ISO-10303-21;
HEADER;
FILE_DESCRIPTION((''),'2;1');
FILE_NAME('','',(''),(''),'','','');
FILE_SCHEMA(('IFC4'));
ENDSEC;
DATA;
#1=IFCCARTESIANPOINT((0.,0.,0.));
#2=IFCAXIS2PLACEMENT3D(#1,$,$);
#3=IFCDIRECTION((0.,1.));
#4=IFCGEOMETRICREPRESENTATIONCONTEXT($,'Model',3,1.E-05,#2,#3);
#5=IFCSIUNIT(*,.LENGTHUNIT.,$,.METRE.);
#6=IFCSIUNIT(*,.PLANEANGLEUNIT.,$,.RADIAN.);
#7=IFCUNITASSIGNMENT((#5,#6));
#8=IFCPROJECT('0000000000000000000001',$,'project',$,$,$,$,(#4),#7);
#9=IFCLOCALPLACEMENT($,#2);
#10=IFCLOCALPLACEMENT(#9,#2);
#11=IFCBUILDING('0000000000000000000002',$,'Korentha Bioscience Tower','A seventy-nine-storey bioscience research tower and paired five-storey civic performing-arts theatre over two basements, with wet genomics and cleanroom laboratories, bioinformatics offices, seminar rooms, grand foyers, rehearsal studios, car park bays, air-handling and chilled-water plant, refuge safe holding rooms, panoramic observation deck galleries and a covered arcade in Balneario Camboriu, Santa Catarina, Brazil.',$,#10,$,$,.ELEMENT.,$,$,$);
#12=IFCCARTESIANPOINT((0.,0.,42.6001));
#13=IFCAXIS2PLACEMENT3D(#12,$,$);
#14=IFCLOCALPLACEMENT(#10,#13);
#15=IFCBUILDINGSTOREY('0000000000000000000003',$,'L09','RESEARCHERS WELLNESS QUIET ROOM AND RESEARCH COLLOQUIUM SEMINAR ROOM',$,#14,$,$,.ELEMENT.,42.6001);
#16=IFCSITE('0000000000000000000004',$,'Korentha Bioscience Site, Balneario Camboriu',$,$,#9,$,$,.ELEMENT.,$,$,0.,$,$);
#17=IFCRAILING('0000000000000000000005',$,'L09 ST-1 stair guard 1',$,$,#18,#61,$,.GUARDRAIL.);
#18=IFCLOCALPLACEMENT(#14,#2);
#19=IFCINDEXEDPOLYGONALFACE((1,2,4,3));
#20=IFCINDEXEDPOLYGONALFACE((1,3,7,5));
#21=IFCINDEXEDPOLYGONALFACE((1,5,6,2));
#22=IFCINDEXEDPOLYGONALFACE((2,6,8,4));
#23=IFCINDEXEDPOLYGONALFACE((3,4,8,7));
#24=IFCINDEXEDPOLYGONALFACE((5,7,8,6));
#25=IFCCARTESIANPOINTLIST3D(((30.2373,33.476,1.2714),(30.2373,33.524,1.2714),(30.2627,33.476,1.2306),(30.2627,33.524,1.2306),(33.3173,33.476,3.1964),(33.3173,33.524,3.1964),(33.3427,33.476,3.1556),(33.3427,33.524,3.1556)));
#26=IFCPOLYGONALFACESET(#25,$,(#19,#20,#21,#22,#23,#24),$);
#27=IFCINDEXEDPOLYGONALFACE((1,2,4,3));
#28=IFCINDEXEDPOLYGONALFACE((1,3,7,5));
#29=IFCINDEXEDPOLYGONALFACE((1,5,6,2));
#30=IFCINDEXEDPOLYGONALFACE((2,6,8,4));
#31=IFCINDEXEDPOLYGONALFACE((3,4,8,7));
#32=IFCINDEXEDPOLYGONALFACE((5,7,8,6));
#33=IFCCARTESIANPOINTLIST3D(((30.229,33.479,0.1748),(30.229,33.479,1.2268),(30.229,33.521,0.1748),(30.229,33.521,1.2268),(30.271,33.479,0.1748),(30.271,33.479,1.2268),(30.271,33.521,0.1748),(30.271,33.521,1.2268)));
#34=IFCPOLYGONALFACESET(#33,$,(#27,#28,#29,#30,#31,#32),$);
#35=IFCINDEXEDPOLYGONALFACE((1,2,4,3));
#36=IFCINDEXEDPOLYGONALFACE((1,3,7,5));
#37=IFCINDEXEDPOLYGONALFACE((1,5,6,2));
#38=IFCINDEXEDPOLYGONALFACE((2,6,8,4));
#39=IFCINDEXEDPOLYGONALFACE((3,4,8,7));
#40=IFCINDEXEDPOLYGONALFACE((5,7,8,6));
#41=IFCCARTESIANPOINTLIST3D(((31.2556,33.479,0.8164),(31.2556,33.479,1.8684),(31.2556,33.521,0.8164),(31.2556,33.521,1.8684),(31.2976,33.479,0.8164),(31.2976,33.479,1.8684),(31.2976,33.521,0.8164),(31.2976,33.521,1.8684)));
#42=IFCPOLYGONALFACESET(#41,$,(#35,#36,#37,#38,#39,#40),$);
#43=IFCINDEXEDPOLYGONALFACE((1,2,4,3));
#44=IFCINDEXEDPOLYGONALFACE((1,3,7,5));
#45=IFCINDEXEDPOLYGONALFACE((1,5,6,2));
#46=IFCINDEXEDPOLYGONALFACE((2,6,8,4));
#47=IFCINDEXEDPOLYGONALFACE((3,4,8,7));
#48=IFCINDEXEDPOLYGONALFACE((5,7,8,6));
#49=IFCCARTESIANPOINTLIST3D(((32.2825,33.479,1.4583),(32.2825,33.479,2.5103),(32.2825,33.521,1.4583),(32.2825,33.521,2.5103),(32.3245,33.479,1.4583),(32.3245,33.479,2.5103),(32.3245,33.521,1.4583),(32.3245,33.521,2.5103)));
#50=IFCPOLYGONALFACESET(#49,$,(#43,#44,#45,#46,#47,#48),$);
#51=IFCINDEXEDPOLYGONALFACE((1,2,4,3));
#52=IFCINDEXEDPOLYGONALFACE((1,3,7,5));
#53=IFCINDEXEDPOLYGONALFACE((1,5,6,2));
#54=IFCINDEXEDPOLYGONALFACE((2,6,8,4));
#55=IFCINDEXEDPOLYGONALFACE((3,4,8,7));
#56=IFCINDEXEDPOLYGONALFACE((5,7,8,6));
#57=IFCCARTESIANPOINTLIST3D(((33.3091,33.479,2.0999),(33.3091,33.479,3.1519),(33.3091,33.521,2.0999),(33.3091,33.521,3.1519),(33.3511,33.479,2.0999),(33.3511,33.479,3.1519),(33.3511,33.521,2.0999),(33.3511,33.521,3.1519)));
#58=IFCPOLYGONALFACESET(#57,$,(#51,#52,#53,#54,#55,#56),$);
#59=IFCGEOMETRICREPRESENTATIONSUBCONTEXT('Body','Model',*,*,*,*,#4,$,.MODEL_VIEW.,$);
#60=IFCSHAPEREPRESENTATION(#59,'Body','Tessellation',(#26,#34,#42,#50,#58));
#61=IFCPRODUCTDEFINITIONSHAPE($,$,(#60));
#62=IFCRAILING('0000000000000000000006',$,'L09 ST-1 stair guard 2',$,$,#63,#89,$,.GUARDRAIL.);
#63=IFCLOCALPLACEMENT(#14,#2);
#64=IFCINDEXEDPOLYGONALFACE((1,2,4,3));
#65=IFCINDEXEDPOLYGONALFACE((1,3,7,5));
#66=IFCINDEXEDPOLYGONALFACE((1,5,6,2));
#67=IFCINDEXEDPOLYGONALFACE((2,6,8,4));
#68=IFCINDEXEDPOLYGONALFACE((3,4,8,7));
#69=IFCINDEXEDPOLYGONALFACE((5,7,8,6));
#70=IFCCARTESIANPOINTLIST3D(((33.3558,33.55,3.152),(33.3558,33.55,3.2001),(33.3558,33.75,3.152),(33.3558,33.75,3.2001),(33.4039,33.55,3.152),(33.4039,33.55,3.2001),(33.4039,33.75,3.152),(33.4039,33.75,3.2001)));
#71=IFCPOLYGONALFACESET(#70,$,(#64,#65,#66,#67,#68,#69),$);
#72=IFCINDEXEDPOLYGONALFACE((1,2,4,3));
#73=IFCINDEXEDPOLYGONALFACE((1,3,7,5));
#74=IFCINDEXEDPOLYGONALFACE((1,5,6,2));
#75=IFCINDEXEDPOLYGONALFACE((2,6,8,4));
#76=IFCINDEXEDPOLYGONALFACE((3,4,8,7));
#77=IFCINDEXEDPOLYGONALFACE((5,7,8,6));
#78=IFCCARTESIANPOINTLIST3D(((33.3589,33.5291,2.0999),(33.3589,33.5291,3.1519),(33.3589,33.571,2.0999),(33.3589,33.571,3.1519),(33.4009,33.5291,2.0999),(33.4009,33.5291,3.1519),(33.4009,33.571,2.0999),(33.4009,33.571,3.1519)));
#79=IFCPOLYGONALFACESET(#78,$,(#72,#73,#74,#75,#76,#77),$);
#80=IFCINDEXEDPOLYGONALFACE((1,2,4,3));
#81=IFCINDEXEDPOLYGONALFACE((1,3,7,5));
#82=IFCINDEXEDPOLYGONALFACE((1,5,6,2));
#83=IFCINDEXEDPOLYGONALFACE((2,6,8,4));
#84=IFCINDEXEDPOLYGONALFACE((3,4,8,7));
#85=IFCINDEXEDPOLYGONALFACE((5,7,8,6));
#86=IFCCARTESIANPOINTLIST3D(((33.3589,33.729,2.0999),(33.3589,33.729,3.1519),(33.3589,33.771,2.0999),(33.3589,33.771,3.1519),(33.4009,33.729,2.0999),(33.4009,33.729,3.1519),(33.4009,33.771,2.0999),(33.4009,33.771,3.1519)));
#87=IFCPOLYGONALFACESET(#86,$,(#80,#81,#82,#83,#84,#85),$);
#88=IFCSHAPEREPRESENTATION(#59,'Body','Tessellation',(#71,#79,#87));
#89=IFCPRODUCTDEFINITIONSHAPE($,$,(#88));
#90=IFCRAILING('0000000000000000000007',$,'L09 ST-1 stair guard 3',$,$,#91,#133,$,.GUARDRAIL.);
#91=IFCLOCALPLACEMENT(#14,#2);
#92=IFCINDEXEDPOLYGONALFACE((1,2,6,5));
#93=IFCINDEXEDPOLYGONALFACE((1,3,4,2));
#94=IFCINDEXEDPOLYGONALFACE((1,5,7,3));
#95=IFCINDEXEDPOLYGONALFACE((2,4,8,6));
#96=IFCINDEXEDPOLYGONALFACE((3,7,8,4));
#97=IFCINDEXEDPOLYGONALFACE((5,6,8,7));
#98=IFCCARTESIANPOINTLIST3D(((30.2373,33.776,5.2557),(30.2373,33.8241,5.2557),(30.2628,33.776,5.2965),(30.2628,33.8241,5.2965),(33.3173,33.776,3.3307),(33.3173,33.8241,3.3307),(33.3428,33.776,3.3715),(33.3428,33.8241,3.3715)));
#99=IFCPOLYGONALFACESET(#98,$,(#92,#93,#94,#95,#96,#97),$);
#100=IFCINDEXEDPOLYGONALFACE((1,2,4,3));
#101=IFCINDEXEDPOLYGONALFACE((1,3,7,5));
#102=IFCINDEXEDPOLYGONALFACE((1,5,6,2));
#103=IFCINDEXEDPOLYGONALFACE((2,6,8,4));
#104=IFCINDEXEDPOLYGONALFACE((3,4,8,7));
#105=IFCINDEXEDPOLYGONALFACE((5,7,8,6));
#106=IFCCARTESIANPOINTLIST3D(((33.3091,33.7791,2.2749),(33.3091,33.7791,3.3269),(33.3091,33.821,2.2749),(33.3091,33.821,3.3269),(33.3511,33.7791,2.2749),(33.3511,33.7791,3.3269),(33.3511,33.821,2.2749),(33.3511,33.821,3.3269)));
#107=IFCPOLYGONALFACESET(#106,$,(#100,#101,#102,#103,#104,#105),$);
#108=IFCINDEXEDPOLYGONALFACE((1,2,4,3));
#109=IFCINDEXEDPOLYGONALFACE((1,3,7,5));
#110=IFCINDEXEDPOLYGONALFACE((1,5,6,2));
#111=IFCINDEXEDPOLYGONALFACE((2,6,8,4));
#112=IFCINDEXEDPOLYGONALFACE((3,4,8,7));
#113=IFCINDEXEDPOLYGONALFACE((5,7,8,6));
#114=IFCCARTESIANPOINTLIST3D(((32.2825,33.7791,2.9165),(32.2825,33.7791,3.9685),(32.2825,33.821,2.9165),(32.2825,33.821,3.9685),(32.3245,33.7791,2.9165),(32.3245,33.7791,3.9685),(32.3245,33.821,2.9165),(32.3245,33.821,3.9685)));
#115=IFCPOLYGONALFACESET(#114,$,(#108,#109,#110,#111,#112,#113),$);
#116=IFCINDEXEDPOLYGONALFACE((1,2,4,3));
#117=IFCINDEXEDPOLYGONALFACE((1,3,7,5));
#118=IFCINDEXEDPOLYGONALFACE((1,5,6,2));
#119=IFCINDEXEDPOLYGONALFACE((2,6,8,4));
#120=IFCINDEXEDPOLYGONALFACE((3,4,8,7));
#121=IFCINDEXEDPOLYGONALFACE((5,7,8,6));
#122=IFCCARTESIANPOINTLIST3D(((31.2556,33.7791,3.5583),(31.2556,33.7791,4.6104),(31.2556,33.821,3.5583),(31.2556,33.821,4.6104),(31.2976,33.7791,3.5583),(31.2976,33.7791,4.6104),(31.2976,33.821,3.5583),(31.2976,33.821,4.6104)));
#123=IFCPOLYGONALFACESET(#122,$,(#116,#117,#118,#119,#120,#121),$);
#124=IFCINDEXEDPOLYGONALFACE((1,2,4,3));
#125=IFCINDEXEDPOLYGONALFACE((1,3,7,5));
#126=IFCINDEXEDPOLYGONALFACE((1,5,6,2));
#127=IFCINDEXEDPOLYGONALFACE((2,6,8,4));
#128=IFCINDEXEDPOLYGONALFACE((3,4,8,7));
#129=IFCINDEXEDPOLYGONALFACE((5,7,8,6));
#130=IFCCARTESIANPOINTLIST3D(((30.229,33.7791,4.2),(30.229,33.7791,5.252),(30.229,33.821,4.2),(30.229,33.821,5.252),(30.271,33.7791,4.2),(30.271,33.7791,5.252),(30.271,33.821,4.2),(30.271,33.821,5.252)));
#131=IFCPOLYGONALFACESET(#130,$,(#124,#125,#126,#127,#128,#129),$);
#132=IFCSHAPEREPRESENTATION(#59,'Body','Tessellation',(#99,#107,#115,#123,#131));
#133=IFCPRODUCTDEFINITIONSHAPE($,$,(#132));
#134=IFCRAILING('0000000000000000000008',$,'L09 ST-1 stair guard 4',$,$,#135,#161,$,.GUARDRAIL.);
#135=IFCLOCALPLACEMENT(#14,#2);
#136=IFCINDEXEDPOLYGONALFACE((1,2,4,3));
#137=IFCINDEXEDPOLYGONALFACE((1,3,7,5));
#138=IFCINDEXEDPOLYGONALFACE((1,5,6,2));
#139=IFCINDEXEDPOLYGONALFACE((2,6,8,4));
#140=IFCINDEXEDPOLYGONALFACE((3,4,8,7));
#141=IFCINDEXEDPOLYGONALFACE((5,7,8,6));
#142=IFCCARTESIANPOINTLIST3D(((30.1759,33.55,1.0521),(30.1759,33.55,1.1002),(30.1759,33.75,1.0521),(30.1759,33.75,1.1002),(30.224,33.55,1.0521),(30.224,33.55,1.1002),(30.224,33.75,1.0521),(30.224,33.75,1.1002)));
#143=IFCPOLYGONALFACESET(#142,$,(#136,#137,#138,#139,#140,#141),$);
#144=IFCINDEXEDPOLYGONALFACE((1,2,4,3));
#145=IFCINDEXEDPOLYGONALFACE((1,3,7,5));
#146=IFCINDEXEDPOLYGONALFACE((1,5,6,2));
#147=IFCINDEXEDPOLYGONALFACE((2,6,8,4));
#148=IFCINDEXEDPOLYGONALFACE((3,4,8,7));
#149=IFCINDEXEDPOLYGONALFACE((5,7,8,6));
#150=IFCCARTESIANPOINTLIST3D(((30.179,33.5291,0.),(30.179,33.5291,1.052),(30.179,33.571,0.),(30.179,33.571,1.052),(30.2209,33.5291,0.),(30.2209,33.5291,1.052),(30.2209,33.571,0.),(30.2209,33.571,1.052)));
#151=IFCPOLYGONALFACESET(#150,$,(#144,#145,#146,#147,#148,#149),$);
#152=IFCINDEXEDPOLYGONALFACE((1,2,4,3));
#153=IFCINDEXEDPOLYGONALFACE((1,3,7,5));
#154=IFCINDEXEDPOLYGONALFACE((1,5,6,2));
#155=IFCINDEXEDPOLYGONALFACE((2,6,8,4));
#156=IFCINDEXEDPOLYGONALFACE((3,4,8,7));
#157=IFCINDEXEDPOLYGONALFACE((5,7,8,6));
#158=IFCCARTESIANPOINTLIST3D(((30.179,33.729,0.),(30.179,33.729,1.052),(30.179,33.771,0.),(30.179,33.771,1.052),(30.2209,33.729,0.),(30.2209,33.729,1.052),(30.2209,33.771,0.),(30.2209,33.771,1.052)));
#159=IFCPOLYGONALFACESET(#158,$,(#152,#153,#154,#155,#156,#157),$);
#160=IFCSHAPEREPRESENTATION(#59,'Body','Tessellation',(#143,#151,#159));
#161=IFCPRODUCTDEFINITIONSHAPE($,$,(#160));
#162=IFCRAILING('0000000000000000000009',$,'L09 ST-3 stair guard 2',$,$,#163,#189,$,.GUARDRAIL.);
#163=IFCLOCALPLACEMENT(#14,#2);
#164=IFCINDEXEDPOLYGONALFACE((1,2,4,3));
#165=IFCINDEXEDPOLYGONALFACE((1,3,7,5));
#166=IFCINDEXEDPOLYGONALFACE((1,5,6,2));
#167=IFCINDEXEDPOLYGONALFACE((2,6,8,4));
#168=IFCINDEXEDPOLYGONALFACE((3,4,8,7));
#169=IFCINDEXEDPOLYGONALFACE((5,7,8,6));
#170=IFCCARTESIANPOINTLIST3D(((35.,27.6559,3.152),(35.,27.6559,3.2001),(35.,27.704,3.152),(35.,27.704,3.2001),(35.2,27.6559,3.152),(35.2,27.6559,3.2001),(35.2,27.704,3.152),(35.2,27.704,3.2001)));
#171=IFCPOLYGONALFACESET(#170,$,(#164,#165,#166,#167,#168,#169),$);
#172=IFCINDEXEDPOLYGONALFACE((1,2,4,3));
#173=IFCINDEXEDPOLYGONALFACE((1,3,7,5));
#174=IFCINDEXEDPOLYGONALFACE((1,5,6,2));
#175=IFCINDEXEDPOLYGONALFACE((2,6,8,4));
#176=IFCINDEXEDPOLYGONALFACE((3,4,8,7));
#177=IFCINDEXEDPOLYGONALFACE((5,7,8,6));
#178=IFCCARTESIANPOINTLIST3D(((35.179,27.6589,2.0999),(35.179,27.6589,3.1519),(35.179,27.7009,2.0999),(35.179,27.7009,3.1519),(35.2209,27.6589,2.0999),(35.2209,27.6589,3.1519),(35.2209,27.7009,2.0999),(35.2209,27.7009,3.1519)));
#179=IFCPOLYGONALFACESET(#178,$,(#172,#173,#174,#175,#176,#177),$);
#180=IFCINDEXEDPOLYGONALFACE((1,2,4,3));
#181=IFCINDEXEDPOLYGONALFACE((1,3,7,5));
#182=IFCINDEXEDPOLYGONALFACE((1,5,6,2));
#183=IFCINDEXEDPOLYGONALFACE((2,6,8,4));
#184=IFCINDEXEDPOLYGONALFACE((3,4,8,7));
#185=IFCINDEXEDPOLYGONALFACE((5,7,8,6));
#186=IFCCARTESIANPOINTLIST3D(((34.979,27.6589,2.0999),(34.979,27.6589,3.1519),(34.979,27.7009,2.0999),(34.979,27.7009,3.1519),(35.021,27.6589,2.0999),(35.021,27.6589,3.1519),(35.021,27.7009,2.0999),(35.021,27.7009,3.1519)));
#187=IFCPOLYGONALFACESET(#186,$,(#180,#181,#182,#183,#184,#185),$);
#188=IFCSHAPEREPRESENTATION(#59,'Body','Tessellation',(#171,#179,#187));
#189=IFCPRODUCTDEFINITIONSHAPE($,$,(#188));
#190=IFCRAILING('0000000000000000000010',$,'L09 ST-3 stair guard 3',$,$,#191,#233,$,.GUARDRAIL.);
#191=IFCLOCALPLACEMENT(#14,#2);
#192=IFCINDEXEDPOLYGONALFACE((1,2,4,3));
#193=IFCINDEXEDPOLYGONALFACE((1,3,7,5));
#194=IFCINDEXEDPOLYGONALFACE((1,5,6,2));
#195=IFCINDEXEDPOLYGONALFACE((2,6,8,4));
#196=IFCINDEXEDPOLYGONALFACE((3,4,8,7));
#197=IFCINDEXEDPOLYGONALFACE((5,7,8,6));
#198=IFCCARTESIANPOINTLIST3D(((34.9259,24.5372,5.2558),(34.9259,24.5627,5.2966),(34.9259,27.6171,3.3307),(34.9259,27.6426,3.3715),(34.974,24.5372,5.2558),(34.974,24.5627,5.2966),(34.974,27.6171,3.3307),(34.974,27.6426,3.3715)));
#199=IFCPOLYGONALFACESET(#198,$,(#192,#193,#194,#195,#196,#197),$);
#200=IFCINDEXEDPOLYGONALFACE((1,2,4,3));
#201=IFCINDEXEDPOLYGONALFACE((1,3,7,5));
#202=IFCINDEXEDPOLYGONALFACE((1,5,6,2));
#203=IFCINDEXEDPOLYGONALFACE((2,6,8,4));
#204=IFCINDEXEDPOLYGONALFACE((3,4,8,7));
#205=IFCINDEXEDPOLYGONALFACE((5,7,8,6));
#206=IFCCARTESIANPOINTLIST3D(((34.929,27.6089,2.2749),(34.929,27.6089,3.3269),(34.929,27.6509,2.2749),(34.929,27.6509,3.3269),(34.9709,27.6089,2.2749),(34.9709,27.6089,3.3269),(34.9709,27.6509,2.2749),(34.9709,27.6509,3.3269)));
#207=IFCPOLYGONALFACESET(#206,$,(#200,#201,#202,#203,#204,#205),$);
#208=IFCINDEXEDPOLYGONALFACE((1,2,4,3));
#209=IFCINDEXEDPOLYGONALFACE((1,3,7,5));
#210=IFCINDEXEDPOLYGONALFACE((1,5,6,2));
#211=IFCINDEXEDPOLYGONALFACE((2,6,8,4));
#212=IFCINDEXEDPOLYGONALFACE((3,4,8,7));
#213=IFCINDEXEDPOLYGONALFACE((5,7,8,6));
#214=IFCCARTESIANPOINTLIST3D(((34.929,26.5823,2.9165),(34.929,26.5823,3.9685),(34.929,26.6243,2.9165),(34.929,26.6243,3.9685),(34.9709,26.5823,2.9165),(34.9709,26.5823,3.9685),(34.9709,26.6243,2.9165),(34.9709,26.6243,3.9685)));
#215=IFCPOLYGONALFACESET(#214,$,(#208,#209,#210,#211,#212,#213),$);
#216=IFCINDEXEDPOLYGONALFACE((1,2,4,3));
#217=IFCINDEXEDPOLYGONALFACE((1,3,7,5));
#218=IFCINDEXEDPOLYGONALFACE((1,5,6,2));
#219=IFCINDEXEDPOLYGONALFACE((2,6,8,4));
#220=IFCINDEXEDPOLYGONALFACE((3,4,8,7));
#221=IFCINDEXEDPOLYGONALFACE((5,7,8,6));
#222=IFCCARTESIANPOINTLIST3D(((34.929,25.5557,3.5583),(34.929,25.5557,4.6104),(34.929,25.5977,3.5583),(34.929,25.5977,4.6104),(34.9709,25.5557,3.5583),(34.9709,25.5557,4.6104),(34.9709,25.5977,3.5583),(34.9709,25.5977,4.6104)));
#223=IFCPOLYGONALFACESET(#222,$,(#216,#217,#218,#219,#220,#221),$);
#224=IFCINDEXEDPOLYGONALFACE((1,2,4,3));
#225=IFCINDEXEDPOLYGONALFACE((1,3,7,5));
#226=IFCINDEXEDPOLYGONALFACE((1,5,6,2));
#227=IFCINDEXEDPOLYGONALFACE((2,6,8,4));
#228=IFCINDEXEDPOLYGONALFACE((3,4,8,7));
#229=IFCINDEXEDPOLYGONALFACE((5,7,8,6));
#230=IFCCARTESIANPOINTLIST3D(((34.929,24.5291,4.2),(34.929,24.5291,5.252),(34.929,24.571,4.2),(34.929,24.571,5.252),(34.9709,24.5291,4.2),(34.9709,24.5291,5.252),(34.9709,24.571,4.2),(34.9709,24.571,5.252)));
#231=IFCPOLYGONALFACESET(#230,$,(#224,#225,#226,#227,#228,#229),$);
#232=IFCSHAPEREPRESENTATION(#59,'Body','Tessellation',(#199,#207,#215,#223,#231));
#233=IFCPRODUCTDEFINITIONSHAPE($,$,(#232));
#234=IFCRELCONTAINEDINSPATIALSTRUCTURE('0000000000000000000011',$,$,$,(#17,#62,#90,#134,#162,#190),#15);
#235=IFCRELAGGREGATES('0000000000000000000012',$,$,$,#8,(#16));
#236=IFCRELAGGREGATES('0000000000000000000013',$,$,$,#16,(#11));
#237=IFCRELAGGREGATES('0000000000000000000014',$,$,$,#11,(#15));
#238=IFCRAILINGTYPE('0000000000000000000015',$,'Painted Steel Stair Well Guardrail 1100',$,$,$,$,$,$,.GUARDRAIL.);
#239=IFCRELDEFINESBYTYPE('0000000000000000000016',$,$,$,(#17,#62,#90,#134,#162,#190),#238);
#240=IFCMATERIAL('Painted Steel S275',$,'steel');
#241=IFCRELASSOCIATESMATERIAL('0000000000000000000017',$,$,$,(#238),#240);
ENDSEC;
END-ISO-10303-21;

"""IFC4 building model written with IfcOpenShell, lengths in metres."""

from ifc_helpers import new_model, si_unit, direction, frame, origin, origin_2d, place, context, subcontext, project, spatial, rectangle, extrude, material, type_object, element, save


model = new_model("IFC4")

# Units and contexts
model_context = context("Model", 3, precision=1e-05, world=origin(), true_north=direction((0.0, 1.0)))
body_context = subcontext(model_context, "Body", "Model", "MODEL_VIEW")
ifc_project = project(units=[si_unit("LENGTHUNIT", "METRE"), si_unit("PLANEANGLEUNIT", "RADIAN")], contexts=[model_context])

# Site, building, storey
site_placement = place(None, origin())
site = spatial("IfcSite", under=ifc_project, at=site_placement, Name="Korentha Bioscience Site, Balneario Camboriu", CompositionType="ELEMENT", RefElevation=0.0)
building_placement = place(site_placement, origin())
building = spatial("IfcBuilding", under=site, at=building_placement, Name="Korentha Bioscience Tower", Description="A seventy-nine-storey bioscience research tower and paired five-storey civic performing-arts theatre over two basements, with wet genomics and cleanroom laboratories, bioinformatics offices, seminar rooms, grand foyers, rehearsal studios, car park bays, air-handling and chilled-water plant, refuge safe holding rooms, panoramic observation deck galleries and a covered arcade in Balneario Camboriu, Santa Catarina, Brazil.", CompositionType="ELEMENT")
storey_placement = place(building_placement, frame((0.0, 0.0, 42.6001)))
storey = spatial("IfcBuildingStorey", under=building, at=storey_placement, Name="L09", Description="RESEARCHERS WELLNESS QUIET ROOM AND RESEARCH COLLOQUIUM SEMINAR ROOM", CompositionType="ELEMENT", Elevation=42.6001)

# Railings
ifc_material_1 = material(Name="Painted Steel S275", Category="steel")
railing_type_1 = type_object("IfcRailingType", Name="Painted Steel Stair Well Guardrail 1100", PredefinedType="GUARDRAIL", material=ifc_material_1)
railing_1_placement = place(storey_placement, frame((30.25, 33.5, 0.1748)))
element("IfcRailing", 1, at=railing_1_placement, inside=storey, type_object=railing_type_1, Name="L09 ST-1 stair guard 1", PredefinedType="GUARDRAIL", context=body_context, shape_type="SweptSolid", body=[
    extrude(rectangle(XDim=0.0481, YDim=0.0481, at=origin_2d()), frame((0.0, 0.0, 1.0762), z_axis=(0.847998, 0.0, 0.529999), x_axis=(0.0, 1.0, 0.0)), (0.0, 0.0, 1.0), 3.6321),
    extrude(rectangle(XDim=0.042, YDim=0.042, at=origin_2d()), origin(), (0.0, 0.0, 1.0), 1.052),
    extrude(rectangle(XDim=0.042, YDim=0.042, at=origin_2d()), frame((1.0266, 0.0, 0.6416)), (0.0, 0.0, 1.0), 1.052),
    extrude(rectangle(XDim=0.042, YDim=0.042, at=origin_2d()), frame((2.0535, 0.0, 1.2834)), (0.0, 0.0, 1.0), 1.052),
    extrude(rectangle(XDim=0.042, YDim=0.042, at=origin_2d()), frame((3.0801, 0.0, 1.925)), (0.0, 0.0, 1.0), 1.052),
])
railing_2_placement = place(storey_placement, frame((33.3799, 33.55, 2.0999)))
element("IfcRailing", 2, at=railing_2_placement, inside=storey, type_object=railing_type_1, Name="L09 ST-1 stair guard 2", PredefinedType="GUARDRAIL", context=body_context, shape_type="SweptSolid", body=[
    extrude(rectangle(XDim=0.0481, YDim=0.0481, at=origin_2d()), frame((0.0, 0.0, 1.0762), z_axis=(0.0, 1.0, 0.0), x_axis=(-1.0, 0.0, 0.0)), (0.0, 0.0, 1.0), 0.2),
    extrude(rectangle(XDim=0.042, YDim=0.042, at=origin_2d()), origin(), (0.0, 0.0, 1.0), 1.052),
    extrude(rectangle(XDim=0.042, YDim=0.042, at=origin_2d()), frame((0.0, 0.2, 0.0)), (0.0, 0.0, 1.0), 1.052),
])
railing_3_placement = place(storey_placement, frame((33.3301, 33.8, 2.2749)))
element("IfcRailing", 3, at=railing_3_placement, inside=storey, type_object=railing_type_1, Name="L09 ST-1 stair guard 3", PredefinedType="GUARDRAIL", context=body_context, shape_type="SweptSolid", body=[
    extrude(rectangle(XDim=0.0481, YDim=0.0481, at=origin_2d()), frame((0.0, 0.0, 1.0762), z_axis=(-0.847998, 0.0, 0.529999), x_axis=(0.0, -1.0, 0.0)), (0.0, 0.0, 1.0), 3.6321),
    extrude(rectangle(XDim=0.042, YDim=0.042, at=origin_2d()), origin(), (0.0, 0.0, 1.0), 1.052),
    extrude(rectangle(XDim=0.042, YDim=0.042, at=origin_2d()), frame((-1.0266, 0.0, 0.6416)), (0.0, 0.0, 1.0), 1.052),
    extrude(rectangle(XDim=0.042, YDim=0.042, at=origin_2d()), frame((-2.0535, 0.0, 1.2834)), (0.0, 0.0, 1.0), 1.052),
    extrude(rectangle(XDim=0.042, YDim=0.042, at=origin_2d()), frame((-3.0801, 0.0, 1.925)), (0.0, 0.0, 1.0), 1.052),
])
railing_4_placement = place(storey_placement, frame((30.2, 33.55, 0.0)))
element("IfcRailing", 4, at=railing_4_placement, inside=storey, type_object=railing_type_1, Name="L09 ST-1 stair guard 4", PredefinedType="GUARDRAIL", context=body_context, shape_type="SweptSolid", body=[
    extrude(rectangle(XDim=0.0481, YDim=0.0481, at=origin_2d()), frame((0.0, 0.0, 1.0762), z_axis=(0.0, 1.0, 0.0), x_axis=(-1.0, 0.0, 0.0)), (0.0, 0.0, 1.0), 0.2),
    extrude(rectangle(XDim=0.042, YDim=0.042, at=origin_2d()), origin(), (0.0, 0.0, 1.0), 1.052),
    extrude(rectangle(XDim=0.042, YDim=0.042, at=origin_2d()), frame((0.0, 0.2, 0.0)), (0.0, 0.0, 1.0), 1.052),
])
railing_5_placement = place(storey_placement, frame((35.2, 27.6799, 2.0999)))
element("IfcRailing", 5, at=railing_5_placement, inside=storey, type_object=railing_type_1, Name="L09 ST-3 stair guard 2", PredefinedType="GUARDRAIL", context=body_context, shape_type="SweptSolid", body=[
    extrude(rectangle(XDim=0.0481, YDim=0.0481, at=origin_2d()), frame((0.0, 0.0, 1.0762), z_axis=(-1.0, 0.0, 0.0), x_axis=(0.0, -1.0, 0.0)), (0.0, 0.0, 1.0), 0.2),
    extrude(rectangle(XDim=0.042, YDim=0.042, at=origin_2d()), origin(), (0.0, 0.0, 1.0), 1.052),
    extrude(rectangle(XDim=0.042, YDim=0.042, at=origin_2d()), frame((-0.2, 0.0, 0.0)), (0.0, 0.0, 1.0), 1.052),
])
railing_6_placement = place(storey_placement, frame((34.95, 27.6299, 2.2749)))
element("IfcRailing", 6, at=railing_6_placement, inside=storey, type_object=railing_type_1, Name="L09 ST-3 stair guard 3", PredefinedType="GUARDRAIL", context=body_context, shape_type="SweptSolid", body=[
    extrude(rectangle(XDim=0.0481, YDim=0.0481, at=origin_2d()), frame((0.0, 0.0, 1.0762), z_axis=(0.0, -0.847979, 0.530029), x_axis=(1.0, 0.0, 0.0)), (0.0, 0.0, 1.0), 3.6321),
    extrude(rectangle(XDim=0.042, YDim=0.042, at=origin_2d()), origin(), (0.0, 0.0, 1.0), 1.052),
    extrude(rectangle(XDim=0.042, YDim=0.042, at=origin_2d()), frame((0.0, -1.0266, 0.6416)), (0.0, 0.0, 1.0), 1.052),
    extrude(rectangle(XDim=0.042, YDim=0.042, at=origin_2d()), frame((0.0, -2.0532, 1.2834)), (0.0, 0.0, 1.0), 1.052),
    extrude(rectangle(XDim=0.042, YDim=0.042, at=origin_2d()), frame((0.0, -3.0798, 1.925)), (0.0, 0.0, 1.0), 1.052),
])

save(model, "model.ifc")
